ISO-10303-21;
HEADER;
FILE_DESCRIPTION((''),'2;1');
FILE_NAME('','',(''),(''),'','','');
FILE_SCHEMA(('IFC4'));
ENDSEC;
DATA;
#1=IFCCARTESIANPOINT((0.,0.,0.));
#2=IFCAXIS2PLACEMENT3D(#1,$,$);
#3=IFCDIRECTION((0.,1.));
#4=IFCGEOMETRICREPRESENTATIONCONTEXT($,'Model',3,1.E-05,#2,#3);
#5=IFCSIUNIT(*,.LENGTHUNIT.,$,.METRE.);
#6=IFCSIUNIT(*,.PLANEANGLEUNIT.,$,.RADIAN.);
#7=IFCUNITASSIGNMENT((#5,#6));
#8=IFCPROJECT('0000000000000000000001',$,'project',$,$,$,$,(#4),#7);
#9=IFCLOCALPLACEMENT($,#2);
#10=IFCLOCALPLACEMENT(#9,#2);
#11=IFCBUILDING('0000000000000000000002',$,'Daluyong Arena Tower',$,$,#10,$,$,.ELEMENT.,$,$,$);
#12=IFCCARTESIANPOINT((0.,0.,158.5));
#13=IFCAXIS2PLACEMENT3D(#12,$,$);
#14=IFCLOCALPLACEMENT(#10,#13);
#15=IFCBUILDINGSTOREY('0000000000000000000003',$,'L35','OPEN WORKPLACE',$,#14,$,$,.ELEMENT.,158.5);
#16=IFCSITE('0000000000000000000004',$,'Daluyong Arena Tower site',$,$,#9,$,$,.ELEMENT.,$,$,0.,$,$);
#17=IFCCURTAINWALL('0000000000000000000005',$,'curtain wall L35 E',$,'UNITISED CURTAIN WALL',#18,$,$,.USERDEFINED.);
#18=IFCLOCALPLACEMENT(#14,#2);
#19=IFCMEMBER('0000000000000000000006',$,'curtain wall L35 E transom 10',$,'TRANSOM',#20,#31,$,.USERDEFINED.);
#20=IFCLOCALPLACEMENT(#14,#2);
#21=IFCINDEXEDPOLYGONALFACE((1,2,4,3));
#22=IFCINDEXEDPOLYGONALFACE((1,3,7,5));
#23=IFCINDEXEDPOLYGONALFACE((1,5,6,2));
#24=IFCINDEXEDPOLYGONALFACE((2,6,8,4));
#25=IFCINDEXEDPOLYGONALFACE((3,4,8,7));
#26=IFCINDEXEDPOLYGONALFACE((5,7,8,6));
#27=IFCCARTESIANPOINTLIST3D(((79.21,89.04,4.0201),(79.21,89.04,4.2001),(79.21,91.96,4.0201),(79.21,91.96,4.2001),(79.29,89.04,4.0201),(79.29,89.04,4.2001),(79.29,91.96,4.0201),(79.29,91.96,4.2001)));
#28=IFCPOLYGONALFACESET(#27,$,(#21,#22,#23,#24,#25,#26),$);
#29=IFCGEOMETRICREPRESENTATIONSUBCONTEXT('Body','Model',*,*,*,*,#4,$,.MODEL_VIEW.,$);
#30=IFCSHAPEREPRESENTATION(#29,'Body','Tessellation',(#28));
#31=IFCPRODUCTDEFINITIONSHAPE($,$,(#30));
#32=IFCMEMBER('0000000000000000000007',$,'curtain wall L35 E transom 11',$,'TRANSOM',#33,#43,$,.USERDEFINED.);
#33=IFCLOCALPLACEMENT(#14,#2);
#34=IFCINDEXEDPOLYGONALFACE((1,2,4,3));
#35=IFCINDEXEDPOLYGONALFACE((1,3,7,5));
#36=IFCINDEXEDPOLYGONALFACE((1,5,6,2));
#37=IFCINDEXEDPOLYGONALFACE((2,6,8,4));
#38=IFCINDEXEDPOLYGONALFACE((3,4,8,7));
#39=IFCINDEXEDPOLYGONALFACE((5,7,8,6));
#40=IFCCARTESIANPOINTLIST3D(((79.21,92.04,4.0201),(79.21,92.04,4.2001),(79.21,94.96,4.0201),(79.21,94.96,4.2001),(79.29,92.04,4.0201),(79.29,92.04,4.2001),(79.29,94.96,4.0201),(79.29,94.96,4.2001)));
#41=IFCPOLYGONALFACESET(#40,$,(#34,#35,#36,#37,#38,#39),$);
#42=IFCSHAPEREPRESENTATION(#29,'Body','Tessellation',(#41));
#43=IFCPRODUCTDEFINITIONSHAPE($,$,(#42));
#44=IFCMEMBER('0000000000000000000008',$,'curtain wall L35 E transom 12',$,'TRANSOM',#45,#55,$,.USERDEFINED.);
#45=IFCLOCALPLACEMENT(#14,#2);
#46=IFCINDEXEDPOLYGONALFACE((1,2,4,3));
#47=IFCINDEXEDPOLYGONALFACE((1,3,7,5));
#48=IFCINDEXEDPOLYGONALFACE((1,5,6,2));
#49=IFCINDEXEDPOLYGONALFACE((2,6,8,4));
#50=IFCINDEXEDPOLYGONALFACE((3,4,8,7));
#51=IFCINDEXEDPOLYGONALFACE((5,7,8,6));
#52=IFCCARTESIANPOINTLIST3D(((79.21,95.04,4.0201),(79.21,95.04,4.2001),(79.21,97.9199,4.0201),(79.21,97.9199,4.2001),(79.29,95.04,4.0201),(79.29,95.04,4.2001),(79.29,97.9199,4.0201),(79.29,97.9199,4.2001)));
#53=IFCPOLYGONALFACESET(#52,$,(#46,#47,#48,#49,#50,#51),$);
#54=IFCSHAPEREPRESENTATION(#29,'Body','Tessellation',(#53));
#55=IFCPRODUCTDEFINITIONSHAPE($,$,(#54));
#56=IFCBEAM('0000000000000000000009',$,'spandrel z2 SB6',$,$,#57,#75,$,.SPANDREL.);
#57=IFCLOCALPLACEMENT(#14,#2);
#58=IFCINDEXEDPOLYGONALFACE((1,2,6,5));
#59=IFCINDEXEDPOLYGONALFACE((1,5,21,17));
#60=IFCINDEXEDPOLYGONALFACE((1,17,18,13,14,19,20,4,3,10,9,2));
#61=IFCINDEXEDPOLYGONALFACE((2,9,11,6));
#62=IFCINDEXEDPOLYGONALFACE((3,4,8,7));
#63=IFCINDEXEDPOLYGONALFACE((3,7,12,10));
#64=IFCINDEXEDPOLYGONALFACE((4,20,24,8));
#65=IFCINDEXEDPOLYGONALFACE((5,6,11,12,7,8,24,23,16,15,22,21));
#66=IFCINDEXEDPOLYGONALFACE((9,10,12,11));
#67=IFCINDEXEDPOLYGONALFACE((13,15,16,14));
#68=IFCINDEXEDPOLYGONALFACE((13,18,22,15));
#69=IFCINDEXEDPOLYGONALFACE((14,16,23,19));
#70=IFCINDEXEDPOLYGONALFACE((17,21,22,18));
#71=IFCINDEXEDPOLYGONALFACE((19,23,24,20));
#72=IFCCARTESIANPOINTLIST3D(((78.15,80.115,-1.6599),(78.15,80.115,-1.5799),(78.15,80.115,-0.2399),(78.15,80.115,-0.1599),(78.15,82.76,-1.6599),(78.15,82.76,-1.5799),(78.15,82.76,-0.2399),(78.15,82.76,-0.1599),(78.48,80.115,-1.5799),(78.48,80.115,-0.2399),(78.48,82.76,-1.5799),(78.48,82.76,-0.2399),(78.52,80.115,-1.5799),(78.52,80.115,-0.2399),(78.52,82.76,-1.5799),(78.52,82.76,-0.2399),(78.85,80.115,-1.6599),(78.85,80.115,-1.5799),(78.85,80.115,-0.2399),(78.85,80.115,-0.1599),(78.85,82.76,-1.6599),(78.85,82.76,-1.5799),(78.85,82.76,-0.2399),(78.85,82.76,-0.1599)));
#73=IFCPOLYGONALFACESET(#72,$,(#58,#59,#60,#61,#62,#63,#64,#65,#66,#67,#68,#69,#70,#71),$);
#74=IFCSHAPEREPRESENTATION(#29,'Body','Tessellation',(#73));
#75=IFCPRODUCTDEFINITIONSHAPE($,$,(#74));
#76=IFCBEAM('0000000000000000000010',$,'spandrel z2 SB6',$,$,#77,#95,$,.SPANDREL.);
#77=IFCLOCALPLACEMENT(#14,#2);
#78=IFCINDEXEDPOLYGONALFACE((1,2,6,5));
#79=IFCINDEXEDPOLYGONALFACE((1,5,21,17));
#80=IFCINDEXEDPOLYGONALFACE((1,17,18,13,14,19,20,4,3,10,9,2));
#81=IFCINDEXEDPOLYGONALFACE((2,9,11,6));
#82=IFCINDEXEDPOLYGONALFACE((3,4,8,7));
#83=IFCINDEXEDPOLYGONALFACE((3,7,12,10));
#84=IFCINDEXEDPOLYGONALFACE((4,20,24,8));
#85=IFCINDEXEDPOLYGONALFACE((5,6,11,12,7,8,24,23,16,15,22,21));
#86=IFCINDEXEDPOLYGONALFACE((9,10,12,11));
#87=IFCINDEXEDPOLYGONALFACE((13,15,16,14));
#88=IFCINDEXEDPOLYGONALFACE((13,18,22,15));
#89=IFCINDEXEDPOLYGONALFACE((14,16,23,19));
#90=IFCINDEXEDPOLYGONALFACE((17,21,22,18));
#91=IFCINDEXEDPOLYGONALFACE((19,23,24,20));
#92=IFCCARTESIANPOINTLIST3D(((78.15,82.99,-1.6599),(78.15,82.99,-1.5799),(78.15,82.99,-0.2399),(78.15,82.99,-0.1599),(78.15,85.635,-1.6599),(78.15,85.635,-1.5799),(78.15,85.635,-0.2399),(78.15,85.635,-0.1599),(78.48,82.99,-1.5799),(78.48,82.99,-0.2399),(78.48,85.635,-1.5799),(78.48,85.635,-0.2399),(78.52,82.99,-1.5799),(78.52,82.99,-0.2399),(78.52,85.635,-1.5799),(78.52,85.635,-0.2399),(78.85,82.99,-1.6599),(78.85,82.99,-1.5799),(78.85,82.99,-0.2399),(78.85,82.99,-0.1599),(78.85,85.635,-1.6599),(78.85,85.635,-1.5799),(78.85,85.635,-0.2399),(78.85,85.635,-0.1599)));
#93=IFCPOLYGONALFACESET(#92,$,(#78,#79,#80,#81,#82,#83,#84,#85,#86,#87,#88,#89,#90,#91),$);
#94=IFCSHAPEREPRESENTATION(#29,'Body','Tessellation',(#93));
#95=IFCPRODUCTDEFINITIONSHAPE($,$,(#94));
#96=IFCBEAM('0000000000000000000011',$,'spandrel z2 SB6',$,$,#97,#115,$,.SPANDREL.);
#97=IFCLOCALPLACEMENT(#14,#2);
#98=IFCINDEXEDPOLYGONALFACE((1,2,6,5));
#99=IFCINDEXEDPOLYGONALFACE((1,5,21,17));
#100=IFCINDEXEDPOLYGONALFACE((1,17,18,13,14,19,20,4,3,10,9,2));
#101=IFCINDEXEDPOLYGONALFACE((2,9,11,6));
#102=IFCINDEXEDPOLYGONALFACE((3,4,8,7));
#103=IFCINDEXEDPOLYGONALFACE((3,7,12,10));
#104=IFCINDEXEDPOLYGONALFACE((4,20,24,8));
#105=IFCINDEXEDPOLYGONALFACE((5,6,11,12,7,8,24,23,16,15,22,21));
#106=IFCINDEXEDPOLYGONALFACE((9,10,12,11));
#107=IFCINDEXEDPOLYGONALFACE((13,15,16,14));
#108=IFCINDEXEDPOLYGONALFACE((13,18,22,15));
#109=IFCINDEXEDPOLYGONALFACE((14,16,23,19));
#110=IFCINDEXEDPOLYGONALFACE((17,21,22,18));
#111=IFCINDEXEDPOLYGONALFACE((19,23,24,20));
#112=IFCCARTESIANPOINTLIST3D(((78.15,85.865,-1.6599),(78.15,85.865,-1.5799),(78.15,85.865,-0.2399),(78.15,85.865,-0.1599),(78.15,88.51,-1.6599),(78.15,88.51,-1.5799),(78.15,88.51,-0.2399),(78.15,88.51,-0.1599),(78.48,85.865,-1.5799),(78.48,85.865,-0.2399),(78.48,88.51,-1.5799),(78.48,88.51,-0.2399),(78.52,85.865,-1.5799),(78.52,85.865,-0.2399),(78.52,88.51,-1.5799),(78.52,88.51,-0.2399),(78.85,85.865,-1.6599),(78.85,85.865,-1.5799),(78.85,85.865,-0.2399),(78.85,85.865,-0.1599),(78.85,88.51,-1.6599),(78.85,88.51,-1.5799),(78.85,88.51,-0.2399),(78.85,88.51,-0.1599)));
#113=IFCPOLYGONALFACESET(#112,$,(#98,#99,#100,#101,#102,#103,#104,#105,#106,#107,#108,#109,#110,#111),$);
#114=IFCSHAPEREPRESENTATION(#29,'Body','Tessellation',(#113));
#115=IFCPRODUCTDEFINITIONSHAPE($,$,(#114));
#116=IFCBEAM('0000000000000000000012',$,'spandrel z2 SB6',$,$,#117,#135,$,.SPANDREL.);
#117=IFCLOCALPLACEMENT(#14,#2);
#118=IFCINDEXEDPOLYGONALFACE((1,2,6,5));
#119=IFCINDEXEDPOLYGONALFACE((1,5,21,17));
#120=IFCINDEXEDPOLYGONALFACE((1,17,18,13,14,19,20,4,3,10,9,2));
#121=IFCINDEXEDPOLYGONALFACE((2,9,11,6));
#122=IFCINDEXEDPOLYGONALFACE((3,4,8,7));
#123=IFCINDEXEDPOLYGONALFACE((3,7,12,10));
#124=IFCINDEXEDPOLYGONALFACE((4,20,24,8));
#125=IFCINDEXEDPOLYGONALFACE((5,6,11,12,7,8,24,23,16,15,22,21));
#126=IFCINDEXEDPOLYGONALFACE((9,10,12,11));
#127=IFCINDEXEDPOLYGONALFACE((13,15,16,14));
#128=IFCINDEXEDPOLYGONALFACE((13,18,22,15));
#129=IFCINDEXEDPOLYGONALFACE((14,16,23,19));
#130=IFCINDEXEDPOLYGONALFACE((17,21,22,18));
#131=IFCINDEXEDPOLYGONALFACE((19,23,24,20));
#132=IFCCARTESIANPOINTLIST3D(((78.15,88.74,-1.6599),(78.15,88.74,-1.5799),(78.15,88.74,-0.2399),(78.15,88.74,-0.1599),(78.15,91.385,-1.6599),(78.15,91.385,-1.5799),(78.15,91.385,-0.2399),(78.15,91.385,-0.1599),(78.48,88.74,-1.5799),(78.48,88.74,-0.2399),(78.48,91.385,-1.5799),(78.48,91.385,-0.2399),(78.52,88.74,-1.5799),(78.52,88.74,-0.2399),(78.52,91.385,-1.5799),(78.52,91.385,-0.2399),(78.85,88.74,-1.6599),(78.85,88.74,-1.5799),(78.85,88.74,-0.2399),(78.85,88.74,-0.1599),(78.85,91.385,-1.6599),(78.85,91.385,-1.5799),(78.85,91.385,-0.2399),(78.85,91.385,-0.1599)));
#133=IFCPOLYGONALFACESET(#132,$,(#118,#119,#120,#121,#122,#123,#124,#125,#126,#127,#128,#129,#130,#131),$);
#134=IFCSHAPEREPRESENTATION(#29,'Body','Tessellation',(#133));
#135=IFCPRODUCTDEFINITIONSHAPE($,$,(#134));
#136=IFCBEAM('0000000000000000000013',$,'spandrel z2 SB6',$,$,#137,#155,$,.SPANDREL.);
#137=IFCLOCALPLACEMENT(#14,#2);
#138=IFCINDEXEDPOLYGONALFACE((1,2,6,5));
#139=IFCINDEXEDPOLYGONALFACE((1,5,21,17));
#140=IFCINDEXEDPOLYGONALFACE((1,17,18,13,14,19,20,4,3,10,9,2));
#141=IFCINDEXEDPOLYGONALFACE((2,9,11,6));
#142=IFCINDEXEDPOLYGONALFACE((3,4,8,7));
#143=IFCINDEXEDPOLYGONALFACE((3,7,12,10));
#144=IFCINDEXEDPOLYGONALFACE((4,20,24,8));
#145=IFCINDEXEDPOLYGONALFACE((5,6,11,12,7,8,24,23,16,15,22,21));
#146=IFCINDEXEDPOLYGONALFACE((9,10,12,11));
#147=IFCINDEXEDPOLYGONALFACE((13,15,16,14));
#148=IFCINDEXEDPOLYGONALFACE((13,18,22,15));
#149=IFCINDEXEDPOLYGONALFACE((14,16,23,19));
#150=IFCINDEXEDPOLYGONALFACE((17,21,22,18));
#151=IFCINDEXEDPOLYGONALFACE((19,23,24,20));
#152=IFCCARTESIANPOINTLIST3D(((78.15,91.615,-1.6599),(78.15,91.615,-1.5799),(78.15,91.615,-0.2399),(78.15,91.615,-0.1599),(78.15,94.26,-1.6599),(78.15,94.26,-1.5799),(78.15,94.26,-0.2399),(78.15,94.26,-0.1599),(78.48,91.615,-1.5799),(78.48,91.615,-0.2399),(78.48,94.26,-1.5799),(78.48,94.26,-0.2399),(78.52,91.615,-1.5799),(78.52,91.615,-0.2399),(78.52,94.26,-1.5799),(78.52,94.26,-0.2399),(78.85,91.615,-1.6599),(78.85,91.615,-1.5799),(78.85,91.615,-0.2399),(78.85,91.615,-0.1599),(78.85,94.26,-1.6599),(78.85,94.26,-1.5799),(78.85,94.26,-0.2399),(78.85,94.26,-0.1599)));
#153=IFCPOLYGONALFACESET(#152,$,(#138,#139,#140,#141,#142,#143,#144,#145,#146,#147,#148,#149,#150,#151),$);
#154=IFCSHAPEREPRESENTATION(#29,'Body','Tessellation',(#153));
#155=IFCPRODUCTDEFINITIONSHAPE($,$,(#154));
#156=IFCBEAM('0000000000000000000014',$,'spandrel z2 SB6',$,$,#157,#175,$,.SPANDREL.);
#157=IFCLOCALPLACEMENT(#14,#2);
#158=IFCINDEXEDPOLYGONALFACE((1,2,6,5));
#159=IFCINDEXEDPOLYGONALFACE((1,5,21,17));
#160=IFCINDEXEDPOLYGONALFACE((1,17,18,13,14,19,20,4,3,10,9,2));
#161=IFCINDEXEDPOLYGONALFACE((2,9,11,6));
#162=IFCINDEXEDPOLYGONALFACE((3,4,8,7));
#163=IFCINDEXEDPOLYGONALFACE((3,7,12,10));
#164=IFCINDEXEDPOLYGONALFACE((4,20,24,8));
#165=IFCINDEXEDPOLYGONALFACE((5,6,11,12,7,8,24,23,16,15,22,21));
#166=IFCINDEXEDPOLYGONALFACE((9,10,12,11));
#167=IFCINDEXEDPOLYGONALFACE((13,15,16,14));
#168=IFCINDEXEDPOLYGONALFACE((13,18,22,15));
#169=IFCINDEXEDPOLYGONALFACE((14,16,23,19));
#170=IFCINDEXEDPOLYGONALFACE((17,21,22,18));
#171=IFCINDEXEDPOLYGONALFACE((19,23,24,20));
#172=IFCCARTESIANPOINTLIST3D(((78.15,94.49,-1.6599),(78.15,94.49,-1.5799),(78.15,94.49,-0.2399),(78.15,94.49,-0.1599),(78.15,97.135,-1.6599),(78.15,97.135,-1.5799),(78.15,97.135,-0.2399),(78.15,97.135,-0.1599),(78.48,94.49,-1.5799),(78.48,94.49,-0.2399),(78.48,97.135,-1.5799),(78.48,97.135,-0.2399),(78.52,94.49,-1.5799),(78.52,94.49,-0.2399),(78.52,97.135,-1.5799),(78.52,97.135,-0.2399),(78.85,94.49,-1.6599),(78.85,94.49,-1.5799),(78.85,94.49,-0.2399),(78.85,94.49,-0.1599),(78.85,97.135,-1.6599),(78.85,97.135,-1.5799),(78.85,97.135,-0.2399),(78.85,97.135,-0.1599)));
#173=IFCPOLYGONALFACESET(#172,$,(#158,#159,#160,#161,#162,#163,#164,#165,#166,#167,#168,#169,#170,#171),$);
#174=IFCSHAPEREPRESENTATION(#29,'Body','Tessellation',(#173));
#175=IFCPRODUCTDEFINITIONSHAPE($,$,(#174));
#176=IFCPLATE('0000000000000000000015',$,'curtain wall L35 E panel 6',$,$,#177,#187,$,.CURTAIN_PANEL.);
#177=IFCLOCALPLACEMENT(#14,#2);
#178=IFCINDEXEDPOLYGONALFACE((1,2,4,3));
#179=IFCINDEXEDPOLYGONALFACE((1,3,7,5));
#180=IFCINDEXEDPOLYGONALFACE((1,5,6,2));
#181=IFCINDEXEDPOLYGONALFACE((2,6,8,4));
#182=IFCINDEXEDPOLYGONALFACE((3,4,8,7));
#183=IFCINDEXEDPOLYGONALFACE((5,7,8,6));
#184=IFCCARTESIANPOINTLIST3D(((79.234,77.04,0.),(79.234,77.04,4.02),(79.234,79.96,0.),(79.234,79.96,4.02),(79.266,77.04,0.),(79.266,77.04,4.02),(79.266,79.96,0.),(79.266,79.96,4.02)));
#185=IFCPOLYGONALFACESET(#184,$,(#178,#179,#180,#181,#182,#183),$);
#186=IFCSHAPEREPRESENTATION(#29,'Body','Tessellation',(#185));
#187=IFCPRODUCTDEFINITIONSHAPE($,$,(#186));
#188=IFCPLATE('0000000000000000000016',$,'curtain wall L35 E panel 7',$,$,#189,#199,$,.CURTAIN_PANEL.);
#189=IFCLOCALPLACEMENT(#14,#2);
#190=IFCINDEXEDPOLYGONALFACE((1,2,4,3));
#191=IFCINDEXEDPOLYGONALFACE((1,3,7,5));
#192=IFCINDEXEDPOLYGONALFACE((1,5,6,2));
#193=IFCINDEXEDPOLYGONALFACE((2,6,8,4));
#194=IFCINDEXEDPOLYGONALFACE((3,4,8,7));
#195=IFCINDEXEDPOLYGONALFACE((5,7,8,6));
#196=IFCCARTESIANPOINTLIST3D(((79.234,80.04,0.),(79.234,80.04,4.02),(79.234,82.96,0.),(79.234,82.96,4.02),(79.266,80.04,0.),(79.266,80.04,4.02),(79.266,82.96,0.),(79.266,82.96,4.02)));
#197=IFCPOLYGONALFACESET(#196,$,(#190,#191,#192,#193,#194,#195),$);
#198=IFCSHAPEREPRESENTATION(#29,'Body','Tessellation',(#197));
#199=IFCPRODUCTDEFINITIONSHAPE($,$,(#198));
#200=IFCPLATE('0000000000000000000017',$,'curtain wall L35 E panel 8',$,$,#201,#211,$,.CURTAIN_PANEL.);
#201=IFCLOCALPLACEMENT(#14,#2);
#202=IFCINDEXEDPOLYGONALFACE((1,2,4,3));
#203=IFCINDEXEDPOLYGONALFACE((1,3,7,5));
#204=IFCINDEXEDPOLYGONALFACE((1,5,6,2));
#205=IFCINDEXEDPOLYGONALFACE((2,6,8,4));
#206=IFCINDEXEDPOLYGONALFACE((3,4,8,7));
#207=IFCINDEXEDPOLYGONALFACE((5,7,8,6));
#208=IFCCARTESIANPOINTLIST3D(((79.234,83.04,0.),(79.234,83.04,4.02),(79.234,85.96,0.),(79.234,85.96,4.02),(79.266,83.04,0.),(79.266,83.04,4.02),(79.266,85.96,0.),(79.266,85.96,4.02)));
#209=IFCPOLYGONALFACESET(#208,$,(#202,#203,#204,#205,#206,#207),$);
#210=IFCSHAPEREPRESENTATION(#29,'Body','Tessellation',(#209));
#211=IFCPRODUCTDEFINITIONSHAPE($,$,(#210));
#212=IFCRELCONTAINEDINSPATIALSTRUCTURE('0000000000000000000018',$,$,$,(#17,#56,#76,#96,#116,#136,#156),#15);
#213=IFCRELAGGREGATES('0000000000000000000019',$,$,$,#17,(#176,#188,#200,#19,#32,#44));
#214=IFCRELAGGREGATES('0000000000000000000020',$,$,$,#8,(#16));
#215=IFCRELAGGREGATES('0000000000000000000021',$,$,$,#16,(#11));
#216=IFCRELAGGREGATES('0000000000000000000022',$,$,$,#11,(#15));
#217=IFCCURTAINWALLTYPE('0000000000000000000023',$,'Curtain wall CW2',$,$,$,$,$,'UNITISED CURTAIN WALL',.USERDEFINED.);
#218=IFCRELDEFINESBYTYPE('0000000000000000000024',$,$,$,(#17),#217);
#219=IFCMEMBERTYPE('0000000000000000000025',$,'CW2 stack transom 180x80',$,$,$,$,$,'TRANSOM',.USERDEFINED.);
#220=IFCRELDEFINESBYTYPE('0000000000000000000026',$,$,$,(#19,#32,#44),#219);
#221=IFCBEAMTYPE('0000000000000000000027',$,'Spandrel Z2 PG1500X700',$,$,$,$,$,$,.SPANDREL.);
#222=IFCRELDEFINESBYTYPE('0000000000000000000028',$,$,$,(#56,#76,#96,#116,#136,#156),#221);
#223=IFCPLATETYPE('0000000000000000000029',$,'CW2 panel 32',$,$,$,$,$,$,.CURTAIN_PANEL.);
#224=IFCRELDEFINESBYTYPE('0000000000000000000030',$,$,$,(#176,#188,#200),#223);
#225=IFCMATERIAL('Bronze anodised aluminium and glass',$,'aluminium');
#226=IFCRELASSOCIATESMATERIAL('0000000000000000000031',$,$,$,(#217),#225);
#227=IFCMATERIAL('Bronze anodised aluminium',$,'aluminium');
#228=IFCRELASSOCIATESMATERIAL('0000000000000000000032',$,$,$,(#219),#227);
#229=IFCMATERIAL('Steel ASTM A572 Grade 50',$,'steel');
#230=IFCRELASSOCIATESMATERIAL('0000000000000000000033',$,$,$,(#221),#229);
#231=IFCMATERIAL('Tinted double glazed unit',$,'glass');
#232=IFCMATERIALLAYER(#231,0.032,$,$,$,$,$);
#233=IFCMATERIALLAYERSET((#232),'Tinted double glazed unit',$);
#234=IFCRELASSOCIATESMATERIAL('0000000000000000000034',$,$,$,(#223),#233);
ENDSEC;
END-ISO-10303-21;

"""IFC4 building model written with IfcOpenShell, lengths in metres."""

from ifc_helpers import new_model, si_unit, direction, frame, origin, origin_2d, place, context, subcontext, project, spatial, rectangle, i_section, extrude, material, layer, layer_set, material_profile, profile_set, type_object, element, aggregate, save


model = new_model("IFC4")

# Units and contexts
model_context = context("Model", 3, precision=1e-05, world=origin(), true_north=direction((0.0, 1.0)))
body_context = subcontext(model_context, "Body", "Model", "MODEL_VIEW")
ifc_project = project(units=[si_unit("LENGTHUNIT", "METRE"), si_unit("PLANEANGLEUNIT", "RADIAN")], contexts=[model_context])

# Site, building, storey
site_placement = place(None, origin())
site = spatial("IfcSite", under=ifc_project, at=site_placement, Name="Daluyong Arena Tower site", CompositionType="ELEMENT", RefElevation=0.0)
building_placement = place(site_placement, origin())
building = spatial("IfcBuilding", under=site, at=building_placement, Name="Daluyong Arena Tower", CompositionType="ELEMENT")
storey_placement = place(building_placement, frame((0.0, 0.0, 158.5)))
storey = spatial("IfcBuildingStorey", under=building, at=storey_placement, Name="L35", Description="OPEN WORKPLACE", CompositionType="ELEMENT", Elevation=158.5)

# Curtain wall, members
ifc_material_1 = material(Name="Bronze anodised aluminium and glass", Category="aluminium")
curtain_wall_type = type_object("IfcCurtainWallType", Name="Curtain wall CW2", ElementType="UNITISED CURTAIN WALL", PredefinedType="USERDEFINED", material=ifc_material_1)
curtain_wall_placement = place(storey_placement, origin())
curtain_wall = element("IfcCurtainWall", 1, at=curtain_wall_placement, inside=storey, type_object=curtain_wall_type, Name="curtain wall L35 E", ObjectType="UNITISED CURTAIN WALL", PredefinedType="USERDEFINED")
ifc_material_2 = material(Name="Bronze anodised aluminium", Category="aluminium")
ifc_material_profile_1 = material_profile(ifc_material_2, rectangle(XDim=0.0801, YDim=0.1799, at=origin_2d()))
ifc_profile_set_1 = profile_set([ifc_material_profile_1], Name="Bronze anodised aluminium")
member_type_1 = type_object("IfcMemberType", Name="CW2 stack transom 180x80", ElementType="TRANSOM", PredefinedType="USERDEFINED", material=ifc_profile_set_1)
member_1_placement = place(storey_placement, frame((79.25, 89.04, 4.1101), z_axis=(0.0, 1.0, 0.0), x_axis=(-1.0, 0.0, 0.0)))
member_1 = element("IfcMember", 2, at=member_1_placement, type_object=member_type_1, Name="curtain wall L35 E transom 10", ObjectType="TRANSOM", PredefinedType="USERDEFINED", context=body_context, shape_type="SweptSolid", body=[
    extrude(rectangle(XDim=0.0801, YDim=0.1799, at=origin_2d()), origin(), (0.0, 0.0, 1.0), 2.9199),
])
member_2_placement = place(storey_placement, frame((79.25, 92.04, 4.1101), z_axis=(0.0, 1.0, 0.0), x_axis=(-1.0, 0.0, 0.0)))
member_2 = element("IfcMember", 3, at=member_2_placement, type_object=member_type_1, Name="curtain wall L35 E transom 11", ObjectType="TRANSOM", PredefinedType="USERDEFINED", context=body_context, shape_type="SweptSolid", body=[
    extrude(rectangle(XDim=0.0801, YDim=0.1799, at=origin_2d()), origin(), (0.0, 0.0, 1.0), 2.9199),
])
member_3_placement = place(storey_placement, frame((79.25, 95.04, 4.1101), z_axis=(0.0, 1.0, 0.0), x_axis=(-1.0, 0.0, 0.0)))
member_3 = element("IfcMember", 4, at=member_3_placement, type_object=member_type_1, Name="curtain wall L35 E transom 12", ObjectType="TRANSOM", PredefinedType="USERDEFINED", context=body_context, shape_type="SweptSolid", body=[
    extrude(rectangle(XDim=0.0801, YDim=0.1799, at=origin_2d()), origin(), (0.0, 0.0, 1.0), 2.8799),
])

# Beams
ifc_material_3 = material(Name="Steel ASTM A572 Grade 50", Category="steel")
ifc_material_profile_2 = material_profile(ifc_material_3, i_section(OverallWidth=0.7, OverallDepth=1.5, WebThickness=0.04, FlangeThickness=0.08, at=origin_2d()))
ifc_profile_set_2 = profile_set([ifc_material_profile_2], Name="Steel ASTM A572 Grade 50")
beam_type = type_object("IfcBeamType", Name="Spandrel Z2 PG1500X700", PredefinedType="SPANDREL", material=ifc_profile_set_2)
for number, where, z_axis, x_axis, name in (
    (5, (78.5, 80.115, -0.9099), (0.0, 1.0, 0.0), (-1.0, 0.0, 0.0), "spandrel z2 SB6"),
    (6, (78.5, 82.99, -0.9099), (0.0, 1.0, 0.0), (-1.0, 0.0, 0.0), "spandrel z2 SB6"),
    (7, (78.5, 85.865, -0.9099), (0.0, 1.0, 0.0), (-1.0, 0.0, 0.0), "spandrel z2 SB6"),
    (8, (78.5, 88.74, -0.9099), (0.0, 1.0, 0.0), (-1.0, 0.0, 0.0), "spandrel z2 SB6"),
    (9, (78.5, 91.615, -0.9099), (0.0, 1.0, 0.0), (-1.0, 0.0, 0.0), "spandrel z2 SB6"),
    (10, (78.5, 94.49, -0.9099), (0.0, 1.0, 0.0), (-1.0, 0.0, 0.0), "spandrel z2 SB6"),
):
    element("IfcBeam", number, at=place(storey_placement, frame(where, z_axis=z_axis, x_axis=x_axis)), inside=storey, type_object=beam_type, Name=name, PredefinedType="SPANDREL", context=body_context, shape_type="SweptSolid", body=[
        extrude(i_section(OverallWidth=0.7, OverallDepth=1.5, WebThickness=0.04, FlangeThickness=0.08, at=origin_2d()), origin(), (0.0, 0.0, 1.0), 2.645),
    ])

# Plates
ifc_material_4 = material(Name="Tinted double glazed unit", Category="glass")
ifc_layer = layer(ifc_material_4, 0.032)
ifc_layer_set = layer_set([ifc_layer], Name="Tinted double glazed unit")
plate_type = type_object("IfcPlateType", Name="CW2 panel 32", PredefinedType="CURTAIN_PANEL", material=ifc_layer_set)
plate_1_placement = place(storey_placement, frame((79.25, 78.5, 0.0), z_axis=(0.0, 0.0, 1.0), x_axis=(0.0, 1.0, 0.0)))
plate_1 = element("IfcPlate", 11, at=plate_1_placement, type_object=plate_type, Name="curtain wall L35 E panel 6", PredefinedType="CURTAIN_PANEL", context=body_context, shape_type="SweptSolid", body=[
    extrude(rectangle(XDim=2.9199, YDim=0.032, at=origin_2d()), origin(), (0.0, 0.0, 1.0), 4.02),
])
plate_2_placement = place(storey_placement, frame((79.25, 81.5, 0.0), z_axis=(0.0, 0.0, 1.0), x_axis=(0.0, 1.0, 0.0)))
plate_2 = element("IfcPlate", 12, at=plate_2_placement, type_object=plate_type, Name="curtain wall L35 E panel 7", PredefinedType="CURTAIN_PANEL", context=body_context, shape_type="SweptSolid", body=[
    extrude(rectangle(XDim=2.9199, YDim=0.032, at=origin_2d()), origin(), (0.0, 0.0, 1.0), 4.02),
])
plate_3_placement = place(storey_placement, frame((79.25, 84.5, 0.0), z_axis=(0.0, 0.0, 1.0), x_axis=(0.0, 1.0, 0.0)))
plate_3 = element("IfcPlate", 13, at=plate_3_placement, type_object=plate_type, Name="curtain wall L35 E panel 8", PredefinedType="CURTAIN_PANEL", context=body_context, shape_type="SweptSolid", body=[
    extrude(rectangle(XDim=2.9199, YDim=0.032, at=origin_2d()), origin(), (0.0, 0.0, 1.0), 4.02),
])
aggregate(curtain_wall, [plate_1, plate_2, plate_3, member_1, member_2, member_3])

save(model, "model.ifc")
